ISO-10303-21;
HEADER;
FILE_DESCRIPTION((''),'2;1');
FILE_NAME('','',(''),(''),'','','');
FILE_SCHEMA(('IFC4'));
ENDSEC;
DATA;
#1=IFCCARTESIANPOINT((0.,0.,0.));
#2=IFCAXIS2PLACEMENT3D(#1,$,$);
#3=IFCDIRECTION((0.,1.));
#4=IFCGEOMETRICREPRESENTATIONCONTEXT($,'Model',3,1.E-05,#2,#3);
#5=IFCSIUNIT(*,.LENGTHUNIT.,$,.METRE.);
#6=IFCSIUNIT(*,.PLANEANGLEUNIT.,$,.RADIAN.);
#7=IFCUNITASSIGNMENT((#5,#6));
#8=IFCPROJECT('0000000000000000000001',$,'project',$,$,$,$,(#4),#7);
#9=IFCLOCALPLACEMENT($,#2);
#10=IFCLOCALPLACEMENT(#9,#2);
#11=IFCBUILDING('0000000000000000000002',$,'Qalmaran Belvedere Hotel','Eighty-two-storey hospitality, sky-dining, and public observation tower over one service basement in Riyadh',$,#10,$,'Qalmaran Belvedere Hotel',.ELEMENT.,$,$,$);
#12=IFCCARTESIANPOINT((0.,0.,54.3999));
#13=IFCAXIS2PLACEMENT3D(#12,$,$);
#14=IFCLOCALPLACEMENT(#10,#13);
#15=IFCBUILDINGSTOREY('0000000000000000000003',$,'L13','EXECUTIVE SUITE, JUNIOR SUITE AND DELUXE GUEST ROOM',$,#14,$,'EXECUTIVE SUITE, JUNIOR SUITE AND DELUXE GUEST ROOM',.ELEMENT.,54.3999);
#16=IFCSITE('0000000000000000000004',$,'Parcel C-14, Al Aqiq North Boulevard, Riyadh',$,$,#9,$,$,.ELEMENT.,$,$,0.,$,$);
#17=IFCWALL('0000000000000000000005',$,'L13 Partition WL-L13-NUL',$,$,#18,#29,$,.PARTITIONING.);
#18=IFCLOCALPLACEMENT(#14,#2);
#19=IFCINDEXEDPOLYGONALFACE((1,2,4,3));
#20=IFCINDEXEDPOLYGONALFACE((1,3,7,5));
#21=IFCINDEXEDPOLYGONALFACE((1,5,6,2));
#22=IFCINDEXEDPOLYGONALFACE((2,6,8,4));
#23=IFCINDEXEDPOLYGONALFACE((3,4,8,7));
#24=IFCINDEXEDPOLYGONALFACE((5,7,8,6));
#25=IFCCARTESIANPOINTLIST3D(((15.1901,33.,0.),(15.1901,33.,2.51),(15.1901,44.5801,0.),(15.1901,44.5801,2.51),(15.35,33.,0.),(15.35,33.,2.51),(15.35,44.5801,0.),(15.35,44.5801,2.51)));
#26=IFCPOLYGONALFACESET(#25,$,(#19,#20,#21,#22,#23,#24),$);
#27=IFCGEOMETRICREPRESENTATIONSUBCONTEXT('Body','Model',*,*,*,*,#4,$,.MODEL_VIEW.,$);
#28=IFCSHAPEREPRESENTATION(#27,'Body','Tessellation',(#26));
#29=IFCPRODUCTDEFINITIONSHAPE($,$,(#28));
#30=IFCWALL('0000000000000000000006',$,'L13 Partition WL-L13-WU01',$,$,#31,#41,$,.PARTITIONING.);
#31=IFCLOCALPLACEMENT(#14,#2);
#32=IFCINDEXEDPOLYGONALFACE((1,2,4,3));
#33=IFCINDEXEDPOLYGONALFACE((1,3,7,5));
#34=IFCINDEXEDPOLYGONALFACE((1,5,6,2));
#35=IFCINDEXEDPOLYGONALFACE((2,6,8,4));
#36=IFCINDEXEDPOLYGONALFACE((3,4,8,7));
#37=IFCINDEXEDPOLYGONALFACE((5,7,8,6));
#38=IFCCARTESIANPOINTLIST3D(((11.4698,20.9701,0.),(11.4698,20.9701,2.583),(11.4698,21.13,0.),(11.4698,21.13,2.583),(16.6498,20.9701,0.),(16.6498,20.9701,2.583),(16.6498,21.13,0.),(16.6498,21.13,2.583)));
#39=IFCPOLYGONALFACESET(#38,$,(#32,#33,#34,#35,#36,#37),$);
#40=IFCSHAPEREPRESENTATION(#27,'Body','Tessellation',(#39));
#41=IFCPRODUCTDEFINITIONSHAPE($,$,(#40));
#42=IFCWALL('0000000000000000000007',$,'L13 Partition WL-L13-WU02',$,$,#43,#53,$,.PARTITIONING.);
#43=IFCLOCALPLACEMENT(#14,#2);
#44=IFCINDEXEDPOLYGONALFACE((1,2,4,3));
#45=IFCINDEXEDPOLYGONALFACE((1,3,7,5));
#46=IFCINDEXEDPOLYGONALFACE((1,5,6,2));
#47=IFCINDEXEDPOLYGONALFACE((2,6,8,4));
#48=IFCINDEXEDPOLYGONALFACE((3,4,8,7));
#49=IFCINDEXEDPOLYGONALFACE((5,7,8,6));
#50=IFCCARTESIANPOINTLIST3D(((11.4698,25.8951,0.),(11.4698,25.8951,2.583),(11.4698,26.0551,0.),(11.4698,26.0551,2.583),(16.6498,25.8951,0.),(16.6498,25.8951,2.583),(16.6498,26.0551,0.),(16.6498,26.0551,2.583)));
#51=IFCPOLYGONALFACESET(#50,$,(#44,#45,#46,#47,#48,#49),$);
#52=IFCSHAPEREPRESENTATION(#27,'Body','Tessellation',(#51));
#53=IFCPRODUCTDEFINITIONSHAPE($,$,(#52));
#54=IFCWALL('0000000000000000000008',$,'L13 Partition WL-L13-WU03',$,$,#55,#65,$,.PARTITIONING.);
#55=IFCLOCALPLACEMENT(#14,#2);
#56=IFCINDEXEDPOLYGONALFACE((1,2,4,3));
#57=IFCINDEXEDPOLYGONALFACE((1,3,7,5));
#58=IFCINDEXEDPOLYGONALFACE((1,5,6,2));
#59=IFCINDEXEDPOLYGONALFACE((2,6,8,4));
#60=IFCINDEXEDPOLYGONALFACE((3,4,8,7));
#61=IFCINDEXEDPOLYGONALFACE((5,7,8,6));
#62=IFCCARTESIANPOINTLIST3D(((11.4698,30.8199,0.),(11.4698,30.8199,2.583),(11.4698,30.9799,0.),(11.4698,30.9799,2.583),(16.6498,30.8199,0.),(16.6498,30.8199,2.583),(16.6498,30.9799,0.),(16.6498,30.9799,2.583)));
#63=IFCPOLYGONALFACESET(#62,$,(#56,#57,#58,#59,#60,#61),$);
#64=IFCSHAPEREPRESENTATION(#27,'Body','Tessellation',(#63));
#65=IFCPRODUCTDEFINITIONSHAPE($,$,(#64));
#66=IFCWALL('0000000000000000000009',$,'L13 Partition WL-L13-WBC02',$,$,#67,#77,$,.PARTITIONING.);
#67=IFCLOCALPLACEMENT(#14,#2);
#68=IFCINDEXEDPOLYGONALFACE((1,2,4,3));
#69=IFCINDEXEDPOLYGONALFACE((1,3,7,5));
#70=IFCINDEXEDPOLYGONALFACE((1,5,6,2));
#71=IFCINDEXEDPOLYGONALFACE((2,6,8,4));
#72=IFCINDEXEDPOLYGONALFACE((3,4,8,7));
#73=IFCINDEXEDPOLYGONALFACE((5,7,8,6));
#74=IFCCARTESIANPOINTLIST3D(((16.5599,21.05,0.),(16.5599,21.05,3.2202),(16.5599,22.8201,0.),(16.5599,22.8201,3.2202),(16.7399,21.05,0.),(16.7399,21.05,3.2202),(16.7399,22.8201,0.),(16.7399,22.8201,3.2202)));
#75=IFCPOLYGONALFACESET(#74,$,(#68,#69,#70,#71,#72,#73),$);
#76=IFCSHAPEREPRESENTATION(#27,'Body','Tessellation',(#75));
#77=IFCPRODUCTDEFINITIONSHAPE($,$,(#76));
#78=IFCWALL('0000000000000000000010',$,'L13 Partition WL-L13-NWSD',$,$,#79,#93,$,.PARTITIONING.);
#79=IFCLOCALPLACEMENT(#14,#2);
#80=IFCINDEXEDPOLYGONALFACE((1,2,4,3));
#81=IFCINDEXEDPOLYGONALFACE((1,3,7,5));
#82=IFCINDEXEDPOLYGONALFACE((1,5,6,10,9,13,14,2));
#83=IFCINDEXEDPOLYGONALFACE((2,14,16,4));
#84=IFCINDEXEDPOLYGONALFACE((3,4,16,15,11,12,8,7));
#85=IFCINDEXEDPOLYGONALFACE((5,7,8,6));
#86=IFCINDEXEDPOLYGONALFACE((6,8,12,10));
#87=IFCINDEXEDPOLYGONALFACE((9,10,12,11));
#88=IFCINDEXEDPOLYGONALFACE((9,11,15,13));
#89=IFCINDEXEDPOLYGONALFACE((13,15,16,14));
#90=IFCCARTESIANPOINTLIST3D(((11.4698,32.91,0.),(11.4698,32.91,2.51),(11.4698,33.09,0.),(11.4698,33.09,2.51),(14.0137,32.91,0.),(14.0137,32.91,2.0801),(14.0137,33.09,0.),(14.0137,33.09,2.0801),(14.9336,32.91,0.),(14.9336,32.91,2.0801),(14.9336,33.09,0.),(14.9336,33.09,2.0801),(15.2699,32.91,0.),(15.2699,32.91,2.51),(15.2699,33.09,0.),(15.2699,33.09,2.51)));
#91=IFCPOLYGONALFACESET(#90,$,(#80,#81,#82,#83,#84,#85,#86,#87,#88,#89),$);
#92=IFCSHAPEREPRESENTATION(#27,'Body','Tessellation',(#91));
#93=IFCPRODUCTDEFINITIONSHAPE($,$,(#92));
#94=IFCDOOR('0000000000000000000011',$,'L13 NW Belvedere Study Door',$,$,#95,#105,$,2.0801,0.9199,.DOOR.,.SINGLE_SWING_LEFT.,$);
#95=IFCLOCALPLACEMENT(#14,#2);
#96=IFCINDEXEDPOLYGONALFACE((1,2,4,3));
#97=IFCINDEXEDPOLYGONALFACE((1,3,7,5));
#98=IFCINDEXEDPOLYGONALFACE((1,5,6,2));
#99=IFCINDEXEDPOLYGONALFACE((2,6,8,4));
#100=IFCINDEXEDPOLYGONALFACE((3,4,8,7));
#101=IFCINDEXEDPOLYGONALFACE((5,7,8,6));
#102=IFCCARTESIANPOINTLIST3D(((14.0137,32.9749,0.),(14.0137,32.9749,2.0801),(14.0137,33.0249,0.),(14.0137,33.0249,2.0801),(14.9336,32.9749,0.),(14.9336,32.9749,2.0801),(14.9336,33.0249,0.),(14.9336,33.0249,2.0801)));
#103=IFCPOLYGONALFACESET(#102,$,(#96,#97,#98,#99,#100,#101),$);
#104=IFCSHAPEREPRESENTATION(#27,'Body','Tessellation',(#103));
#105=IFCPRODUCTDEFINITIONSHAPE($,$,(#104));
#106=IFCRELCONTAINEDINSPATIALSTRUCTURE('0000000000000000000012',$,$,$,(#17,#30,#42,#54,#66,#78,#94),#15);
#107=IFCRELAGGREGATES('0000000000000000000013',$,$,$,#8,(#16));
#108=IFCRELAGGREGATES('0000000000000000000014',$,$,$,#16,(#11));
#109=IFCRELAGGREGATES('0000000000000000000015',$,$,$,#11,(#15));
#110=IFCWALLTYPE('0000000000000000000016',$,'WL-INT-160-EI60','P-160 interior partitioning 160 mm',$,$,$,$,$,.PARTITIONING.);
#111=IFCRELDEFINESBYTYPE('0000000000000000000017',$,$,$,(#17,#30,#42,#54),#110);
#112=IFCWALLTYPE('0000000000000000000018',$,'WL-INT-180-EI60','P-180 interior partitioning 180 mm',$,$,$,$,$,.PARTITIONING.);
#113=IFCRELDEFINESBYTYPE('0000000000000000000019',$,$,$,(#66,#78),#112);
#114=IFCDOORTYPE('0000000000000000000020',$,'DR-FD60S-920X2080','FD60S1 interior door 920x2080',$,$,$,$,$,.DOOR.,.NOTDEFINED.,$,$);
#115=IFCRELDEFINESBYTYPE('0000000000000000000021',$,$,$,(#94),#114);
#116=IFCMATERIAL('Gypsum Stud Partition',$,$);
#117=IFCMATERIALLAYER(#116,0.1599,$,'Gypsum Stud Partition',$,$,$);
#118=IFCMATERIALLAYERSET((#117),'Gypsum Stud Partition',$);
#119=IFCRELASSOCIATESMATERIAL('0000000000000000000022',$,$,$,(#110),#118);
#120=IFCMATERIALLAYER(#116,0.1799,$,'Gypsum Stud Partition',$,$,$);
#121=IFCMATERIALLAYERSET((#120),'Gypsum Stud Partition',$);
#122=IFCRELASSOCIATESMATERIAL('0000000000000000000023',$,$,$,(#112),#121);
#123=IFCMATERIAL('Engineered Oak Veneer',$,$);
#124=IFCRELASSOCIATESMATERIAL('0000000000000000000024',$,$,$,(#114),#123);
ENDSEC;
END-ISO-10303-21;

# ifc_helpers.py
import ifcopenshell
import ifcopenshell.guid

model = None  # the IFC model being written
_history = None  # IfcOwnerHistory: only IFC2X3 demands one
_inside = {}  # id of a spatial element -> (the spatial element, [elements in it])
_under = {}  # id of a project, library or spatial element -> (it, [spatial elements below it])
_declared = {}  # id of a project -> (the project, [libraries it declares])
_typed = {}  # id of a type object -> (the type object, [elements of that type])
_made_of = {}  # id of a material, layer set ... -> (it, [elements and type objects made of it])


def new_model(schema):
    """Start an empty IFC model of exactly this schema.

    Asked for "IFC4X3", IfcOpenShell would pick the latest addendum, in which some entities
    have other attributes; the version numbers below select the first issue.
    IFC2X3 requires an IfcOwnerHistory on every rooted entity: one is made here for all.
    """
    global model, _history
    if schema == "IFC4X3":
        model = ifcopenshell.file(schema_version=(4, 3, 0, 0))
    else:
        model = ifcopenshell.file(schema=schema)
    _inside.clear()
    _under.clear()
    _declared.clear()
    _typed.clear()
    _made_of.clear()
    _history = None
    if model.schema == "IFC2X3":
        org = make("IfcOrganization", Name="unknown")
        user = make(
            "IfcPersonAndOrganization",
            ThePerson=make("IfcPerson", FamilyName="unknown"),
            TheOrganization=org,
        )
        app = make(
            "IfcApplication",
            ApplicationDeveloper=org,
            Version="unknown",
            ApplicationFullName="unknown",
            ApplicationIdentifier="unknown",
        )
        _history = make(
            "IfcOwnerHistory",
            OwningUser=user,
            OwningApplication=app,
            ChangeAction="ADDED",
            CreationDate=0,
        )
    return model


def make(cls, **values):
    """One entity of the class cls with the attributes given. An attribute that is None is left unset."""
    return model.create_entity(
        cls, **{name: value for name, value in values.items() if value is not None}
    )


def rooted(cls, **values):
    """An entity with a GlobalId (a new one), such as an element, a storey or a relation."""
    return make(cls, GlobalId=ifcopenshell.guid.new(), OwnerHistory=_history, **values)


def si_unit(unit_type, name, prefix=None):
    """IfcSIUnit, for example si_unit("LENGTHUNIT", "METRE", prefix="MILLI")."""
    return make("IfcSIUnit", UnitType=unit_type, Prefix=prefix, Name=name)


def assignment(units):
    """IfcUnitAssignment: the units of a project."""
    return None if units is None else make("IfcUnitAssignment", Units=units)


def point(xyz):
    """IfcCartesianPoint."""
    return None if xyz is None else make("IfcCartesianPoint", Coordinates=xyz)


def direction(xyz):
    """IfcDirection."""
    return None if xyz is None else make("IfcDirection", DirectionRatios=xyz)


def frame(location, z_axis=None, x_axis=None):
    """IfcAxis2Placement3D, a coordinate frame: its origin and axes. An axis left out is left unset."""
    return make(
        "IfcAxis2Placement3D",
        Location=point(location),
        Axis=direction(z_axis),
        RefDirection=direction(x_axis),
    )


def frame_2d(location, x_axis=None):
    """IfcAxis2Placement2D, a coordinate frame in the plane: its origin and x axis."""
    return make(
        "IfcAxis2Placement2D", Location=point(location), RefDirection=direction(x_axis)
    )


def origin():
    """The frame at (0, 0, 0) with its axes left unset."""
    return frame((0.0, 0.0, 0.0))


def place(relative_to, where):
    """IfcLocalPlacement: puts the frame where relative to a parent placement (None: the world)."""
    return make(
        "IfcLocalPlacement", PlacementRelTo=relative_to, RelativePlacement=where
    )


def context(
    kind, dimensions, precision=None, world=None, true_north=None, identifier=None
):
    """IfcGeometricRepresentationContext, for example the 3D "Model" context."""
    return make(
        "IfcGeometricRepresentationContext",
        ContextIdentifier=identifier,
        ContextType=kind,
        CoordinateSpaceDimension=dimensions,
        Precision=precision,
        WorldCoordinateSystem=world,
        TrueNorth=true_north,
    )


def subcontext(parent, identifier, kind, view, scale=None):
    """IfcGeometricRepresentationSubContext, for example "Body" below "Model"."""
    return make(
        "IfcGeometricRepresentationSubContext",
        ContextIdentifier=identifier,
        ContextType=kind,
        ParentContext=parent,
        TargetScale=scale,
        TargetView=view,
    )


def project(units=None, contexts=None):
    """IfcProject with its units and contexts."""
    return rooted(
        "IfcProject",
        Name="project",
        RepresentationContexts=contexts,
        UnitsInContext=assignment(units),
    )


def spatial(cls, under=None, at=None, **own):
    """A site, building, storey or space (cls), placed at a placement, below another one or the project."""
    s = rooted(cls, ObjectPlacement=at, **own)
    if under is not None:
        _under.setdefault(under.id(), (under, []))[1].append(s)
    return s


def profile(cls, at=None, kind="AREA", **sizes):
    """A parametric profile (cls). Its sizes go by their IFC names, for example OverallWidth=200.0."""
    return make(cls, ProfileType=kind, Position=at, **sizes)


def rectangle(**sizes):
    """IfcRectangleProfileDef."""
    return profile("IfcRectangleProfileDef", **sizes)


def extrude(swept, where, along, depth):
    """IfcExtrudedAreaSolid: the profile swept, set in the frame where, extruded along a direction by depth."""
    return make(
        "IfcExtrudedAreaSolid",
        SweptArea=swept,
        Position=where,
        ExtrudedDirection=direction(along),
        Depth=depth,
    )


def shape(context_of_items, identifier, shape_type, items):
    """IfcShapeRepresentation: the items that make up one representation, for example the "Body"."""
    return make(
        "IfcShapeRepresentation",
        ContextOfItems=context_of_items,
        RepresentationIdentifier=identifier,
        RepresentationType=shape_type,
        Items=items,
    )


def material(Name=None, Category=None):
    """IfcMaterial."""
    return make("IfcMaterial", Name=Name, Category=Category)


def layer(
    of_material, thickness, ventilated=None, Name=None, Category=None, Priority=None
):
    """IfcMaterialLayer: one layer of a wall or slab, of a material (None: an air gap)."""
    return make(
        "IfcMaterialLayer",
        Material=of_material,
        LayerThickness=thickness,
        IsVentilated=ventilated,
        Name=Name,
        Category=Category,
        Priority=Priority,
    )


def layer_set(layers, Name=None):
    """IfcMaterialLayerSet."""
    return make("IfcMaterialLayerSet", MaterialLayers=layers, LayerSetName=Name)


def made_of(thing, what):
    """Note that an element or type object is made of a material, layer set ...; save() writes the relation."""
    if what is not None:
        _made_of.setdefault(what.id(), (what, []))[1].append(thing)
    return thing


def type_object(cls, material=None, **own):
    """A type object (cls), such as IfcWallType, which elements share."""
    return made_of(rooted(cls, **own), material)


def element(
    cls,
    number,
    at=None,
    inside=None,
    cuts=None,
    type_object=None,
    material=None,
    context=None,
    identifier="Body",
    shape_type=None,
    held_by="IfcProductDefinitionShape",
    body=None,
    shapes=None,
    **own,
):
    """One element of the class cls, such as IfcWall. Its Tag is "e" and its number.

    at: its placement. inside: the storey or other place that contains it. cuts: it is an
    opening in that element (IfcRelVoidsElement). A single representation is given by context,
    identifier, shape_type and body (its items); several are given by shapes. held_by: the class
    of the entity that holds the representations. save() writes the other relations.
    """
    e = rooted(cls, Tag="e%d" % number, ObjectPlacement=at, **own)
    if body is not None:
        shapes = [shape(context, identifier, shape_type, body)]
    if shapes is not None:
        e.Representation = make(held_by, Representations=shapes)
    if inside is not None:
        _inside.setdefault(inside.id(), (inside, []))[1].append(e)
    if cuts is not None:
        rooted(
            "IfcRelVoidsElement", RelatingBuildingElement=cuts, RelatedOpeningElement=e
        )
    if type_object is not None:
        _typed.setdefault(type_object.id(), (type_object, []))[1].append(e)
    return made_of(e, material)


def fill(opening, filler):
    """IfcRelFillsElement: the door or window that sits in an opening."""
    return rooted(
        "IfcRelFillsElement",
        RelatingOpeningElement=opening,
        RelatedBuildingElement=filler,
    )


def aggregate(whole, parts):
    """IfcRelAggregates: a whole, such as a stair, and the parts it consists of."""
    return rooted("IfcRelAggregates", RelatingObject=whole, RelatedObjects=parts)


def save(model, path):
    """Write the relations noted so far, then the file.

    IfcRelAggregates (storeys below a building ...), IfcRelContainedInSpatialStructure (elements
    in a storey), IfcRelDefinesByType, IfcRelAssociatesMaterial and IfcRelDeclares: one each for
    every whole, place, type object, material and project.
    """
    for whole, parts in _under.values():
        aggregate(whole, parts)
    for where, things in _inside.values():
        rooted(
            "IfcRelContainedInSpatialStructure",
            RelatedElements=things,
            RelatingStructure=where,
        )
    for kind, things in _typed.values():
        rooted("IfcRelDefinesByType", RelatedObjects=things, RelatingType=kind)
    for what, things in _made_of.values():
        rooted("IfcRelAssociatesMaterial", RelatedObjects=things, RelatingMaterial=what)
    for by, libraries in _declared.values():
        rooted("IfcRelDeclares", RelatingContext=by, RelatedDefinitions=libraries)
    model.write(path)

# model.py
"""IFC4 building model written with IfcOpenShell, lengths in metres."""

from ifc_helpers import new_model, si_unit, direction, frame, frame_2d, origin, place, context, subcontext, project, spatial, rectangle, extrude, material, layer, layer_set, type_object, element, fill, save


model = new_model("IFC4")

# Units and contexts
model_context = context("Model", 3, precision=1e-05, world=origin(), true_north=direction((0.0, 1.0)))
body_context = subcontext(model_context, "Body", "Model", "MODEL_VIEW")
ifc_project = project(units=[si_unit("LENGTHUNIT", "METRE"), si_unit("PLANEANGLEUNIT", "RADIAN")], contexts=[model_context])

# Site, building, storey
site_placement = place(None, origin())
site = spatial("IfcSite", under=ifc_project, at=site_placement, Name="Parcel C-14, Al Aqiq North Boulevard, Riyadh", CompositionType="ELEMENT", RefElevation=0.0)
building_placement = place(site_placement, origin())
building = spatial("IfcBuilding", under=site, at=building_placement, Name="Qalmaran Belvedere Hotel", Description="Eighty-two-storey hospitality, sky-dining, and public observation tower over one service basement in Riyadh", LongName="Qalmaran Belvedere Hotel", CompositionType="ELEMENT")
storey_placement = place(building_placement, frame((0.0, 0.0, 54.3999)))
storey = spatial("IfcBuildingStorey", under=building, at=storey_placement, Name="L13", Description="EXECUTIVE SUITE, JUNIOR SUITE AND DELUXE GUEST ROOM", LongName="EXECUTIVE SUITE, JUNIOR SUITE AND DELUXE GUEST ROOM", CompositionType="ELEMENT", Elevation=54.3999)

# Shared definitions
ifc_material_1 = material(Name="Engineered Oak Veneer")

# Shared definitions
ifc_material_2 = material(Name="Gypsum Stud Partition")

# Walls
ifc_layer_1 = layer(ifc_material_2, 0.1599, Name="Gypsum Stud Partition")
ifc_layer_set_1 = layer_set([ifc_layer_1], Name="Gypsum Stud Partition")
wall_type_1 = type_object("IfcWallType", Name="WL-INT-160-EI60", Description="P-160 interior partitioning 160 mm", PredefinedType="PARTITIONING", material=ifc_layer_set_1)
wall_1_placement = place(storey_placement, frame((15.27, 33.0, 0.0), z_axis=(0.0, 0.0, 1.0), x_axis=(0.0, 1.0, 0.0)))
element("IfcWall", 1, at=wall_1_placement, inside=storey, type_object=wall_type_1, Name="L13 Partition WL-L13-NUL", PredefinedType="PARTITIONING", context=body_context, shape_type="SweptSolid", body=[
    extrude(rectangle(XDim=11.5801, YDim=0.1599, at=frame_2d((5.79, 0.0))), origin(), (0.0, 0.0, 1.0), 2.51),
])
for number, where, z_axis, x_axis, name in (
    (2, (11.47, 21.05, 0.0), (0.0, 0.0, 1.0), (1.0, 0.0, 0.0), "L13 Partition WL-L13-WU01"),
    (3, (11.47, 25.9751, 0.0), (0.0, 0.0, 1.0), (1.0, 0.0, 0.0), "L13 Partition WL-L13-WU02"),
    (4, (11.47, 30.8999, 0.0), (0.0, 0.0, 1.0), (1.0, 0.0, 0.0), "L13 Partition WL-L13-WU03"),
):
    element("IfcWall", number, at=place(storey_placement, frame(where, z_axis=z_axis, x_axis=x_axis)), inside=storey, type_object=wall_type_1, Name=name, PredefinedType="PARTITIONING", context=body_context, shape_type="SweptSolid", body=[
        extrude(rectangle(XDim=5.1799, YDim=0.1599, at=frame_2d((2.5898, 0.0))), origin(), (0.0, 0.0, 1.0), 2.583),
    ])

# Shared definitions
ifc_layer_2 = layer(ifc_material_2, 0.1799, Name="Gypsum Stud Partition")
ifc_layer_set_2 = layer_set([ifc_layer_2], Name="Gypsum Stud Partition")
wall_type_2 = type_object("IfcWallType", Name="WL-INT-180-EI60", Description="P-180 interior partitioning 180 mm", PredefinedType="PARTITIONING", material=ifc_layer_set_2)

# Wall
wall_2_placement = place(storey_placement, frame((16.6499, 21.05, 0.0), z_axis=(0.0, 0.0, 1.0), x_axis=(0.0, 1.0, 0.0)))
element("IfcWall", 5, at=wall_2_placement, inside=storey, type_object=wall_type_2, Name="L13 Partition WL-L13-WBC02", PredefinedType="PARTITIONING", context=body_context, shape_type="SweptSolid", body=[
    extrude(rectangle(XDim=1.77, YDim=0.1799, at=frame_2d((0.885, 0.0))), origin(), (0.0, 0.0, 1.0), 3.2202),
])

# Wall, opening, door
wall_3_placement = place(storey_placement, frame((11.47, 33.0, 0.0), z_axis=(0.0, 0.0, 1.0), x_axis=(1.0, 0.0, 0.0)))
wall_3 = element("IfcWall", 6, at=wall_3_placement, inside=storey, type_object=wall_type_2, Name="L13 Partition WL-L13-NWSD", PredefinedType="PARTITIONING", context=body_context, shape_type="SweptSolid", body=[
    extrude(rectangle(XDim=3.8, YDim=0.1799, at=frame_2d((1.8999, 0.0))), origin(), (0.0, 0.0, 1.0), 2.51),
])
opening_1_placement = place(wall_3_placement, frame((2.5437, 0.0, 0.0)))
opening_1 = element("IfcOpeningElement", 7, at=opening_1_placement, cuts=wall_3, PredefinedType="OPENING", context=body_context, shape_type="SweptSolid", body=[
    extrude(rectangle(XDim=0.9199, YDim=2.0801, at=frame_2d((0.46, 1.04))), frame((0.0, 0.1001, 0.0), z_axis=(0.0, -1.0, 0.0), x_axis=(1.0, 0.0, 0.0)), (0.0, 0.0, 1.0), 0.2),
])
door_type_1 = type_object("IfcDoorType", Name="DR-FD60S-920X2080", Description="FD60S1 interior door 920x2080", OperationType="NOTDEFINED", PredefinedType="DOOR", material=ifc_material_1)
door_1_placement = place(opening_1_placement, origin())
door_1 = element("IfcDoor", 8, at=door_1_placement, inside=storey, type_object=door_type_1, Name="L13 NW Belvedere Study Door", OperationType="SINGLE_SWING_LEFT", OverallHeight=2.0801, OverallWidth=0.9199, PredefinedType="DOOR", context=body_context, shape_type="SweptSolid", body=[
    extrude(rectangle(XDim=0.9199, YDim=2.0801, at=frame_2d((0.46, 1.04))), frame((0.0, 0.0249, 0.0), z_axis=(0.0, -1.0, 0.0), x_axis=(1.0, 0.0, 0.0)), (0.0, 0.0, 1.0), 0.05),
])
fill(opening_1, door_1)

save(model, "model.ifc")
